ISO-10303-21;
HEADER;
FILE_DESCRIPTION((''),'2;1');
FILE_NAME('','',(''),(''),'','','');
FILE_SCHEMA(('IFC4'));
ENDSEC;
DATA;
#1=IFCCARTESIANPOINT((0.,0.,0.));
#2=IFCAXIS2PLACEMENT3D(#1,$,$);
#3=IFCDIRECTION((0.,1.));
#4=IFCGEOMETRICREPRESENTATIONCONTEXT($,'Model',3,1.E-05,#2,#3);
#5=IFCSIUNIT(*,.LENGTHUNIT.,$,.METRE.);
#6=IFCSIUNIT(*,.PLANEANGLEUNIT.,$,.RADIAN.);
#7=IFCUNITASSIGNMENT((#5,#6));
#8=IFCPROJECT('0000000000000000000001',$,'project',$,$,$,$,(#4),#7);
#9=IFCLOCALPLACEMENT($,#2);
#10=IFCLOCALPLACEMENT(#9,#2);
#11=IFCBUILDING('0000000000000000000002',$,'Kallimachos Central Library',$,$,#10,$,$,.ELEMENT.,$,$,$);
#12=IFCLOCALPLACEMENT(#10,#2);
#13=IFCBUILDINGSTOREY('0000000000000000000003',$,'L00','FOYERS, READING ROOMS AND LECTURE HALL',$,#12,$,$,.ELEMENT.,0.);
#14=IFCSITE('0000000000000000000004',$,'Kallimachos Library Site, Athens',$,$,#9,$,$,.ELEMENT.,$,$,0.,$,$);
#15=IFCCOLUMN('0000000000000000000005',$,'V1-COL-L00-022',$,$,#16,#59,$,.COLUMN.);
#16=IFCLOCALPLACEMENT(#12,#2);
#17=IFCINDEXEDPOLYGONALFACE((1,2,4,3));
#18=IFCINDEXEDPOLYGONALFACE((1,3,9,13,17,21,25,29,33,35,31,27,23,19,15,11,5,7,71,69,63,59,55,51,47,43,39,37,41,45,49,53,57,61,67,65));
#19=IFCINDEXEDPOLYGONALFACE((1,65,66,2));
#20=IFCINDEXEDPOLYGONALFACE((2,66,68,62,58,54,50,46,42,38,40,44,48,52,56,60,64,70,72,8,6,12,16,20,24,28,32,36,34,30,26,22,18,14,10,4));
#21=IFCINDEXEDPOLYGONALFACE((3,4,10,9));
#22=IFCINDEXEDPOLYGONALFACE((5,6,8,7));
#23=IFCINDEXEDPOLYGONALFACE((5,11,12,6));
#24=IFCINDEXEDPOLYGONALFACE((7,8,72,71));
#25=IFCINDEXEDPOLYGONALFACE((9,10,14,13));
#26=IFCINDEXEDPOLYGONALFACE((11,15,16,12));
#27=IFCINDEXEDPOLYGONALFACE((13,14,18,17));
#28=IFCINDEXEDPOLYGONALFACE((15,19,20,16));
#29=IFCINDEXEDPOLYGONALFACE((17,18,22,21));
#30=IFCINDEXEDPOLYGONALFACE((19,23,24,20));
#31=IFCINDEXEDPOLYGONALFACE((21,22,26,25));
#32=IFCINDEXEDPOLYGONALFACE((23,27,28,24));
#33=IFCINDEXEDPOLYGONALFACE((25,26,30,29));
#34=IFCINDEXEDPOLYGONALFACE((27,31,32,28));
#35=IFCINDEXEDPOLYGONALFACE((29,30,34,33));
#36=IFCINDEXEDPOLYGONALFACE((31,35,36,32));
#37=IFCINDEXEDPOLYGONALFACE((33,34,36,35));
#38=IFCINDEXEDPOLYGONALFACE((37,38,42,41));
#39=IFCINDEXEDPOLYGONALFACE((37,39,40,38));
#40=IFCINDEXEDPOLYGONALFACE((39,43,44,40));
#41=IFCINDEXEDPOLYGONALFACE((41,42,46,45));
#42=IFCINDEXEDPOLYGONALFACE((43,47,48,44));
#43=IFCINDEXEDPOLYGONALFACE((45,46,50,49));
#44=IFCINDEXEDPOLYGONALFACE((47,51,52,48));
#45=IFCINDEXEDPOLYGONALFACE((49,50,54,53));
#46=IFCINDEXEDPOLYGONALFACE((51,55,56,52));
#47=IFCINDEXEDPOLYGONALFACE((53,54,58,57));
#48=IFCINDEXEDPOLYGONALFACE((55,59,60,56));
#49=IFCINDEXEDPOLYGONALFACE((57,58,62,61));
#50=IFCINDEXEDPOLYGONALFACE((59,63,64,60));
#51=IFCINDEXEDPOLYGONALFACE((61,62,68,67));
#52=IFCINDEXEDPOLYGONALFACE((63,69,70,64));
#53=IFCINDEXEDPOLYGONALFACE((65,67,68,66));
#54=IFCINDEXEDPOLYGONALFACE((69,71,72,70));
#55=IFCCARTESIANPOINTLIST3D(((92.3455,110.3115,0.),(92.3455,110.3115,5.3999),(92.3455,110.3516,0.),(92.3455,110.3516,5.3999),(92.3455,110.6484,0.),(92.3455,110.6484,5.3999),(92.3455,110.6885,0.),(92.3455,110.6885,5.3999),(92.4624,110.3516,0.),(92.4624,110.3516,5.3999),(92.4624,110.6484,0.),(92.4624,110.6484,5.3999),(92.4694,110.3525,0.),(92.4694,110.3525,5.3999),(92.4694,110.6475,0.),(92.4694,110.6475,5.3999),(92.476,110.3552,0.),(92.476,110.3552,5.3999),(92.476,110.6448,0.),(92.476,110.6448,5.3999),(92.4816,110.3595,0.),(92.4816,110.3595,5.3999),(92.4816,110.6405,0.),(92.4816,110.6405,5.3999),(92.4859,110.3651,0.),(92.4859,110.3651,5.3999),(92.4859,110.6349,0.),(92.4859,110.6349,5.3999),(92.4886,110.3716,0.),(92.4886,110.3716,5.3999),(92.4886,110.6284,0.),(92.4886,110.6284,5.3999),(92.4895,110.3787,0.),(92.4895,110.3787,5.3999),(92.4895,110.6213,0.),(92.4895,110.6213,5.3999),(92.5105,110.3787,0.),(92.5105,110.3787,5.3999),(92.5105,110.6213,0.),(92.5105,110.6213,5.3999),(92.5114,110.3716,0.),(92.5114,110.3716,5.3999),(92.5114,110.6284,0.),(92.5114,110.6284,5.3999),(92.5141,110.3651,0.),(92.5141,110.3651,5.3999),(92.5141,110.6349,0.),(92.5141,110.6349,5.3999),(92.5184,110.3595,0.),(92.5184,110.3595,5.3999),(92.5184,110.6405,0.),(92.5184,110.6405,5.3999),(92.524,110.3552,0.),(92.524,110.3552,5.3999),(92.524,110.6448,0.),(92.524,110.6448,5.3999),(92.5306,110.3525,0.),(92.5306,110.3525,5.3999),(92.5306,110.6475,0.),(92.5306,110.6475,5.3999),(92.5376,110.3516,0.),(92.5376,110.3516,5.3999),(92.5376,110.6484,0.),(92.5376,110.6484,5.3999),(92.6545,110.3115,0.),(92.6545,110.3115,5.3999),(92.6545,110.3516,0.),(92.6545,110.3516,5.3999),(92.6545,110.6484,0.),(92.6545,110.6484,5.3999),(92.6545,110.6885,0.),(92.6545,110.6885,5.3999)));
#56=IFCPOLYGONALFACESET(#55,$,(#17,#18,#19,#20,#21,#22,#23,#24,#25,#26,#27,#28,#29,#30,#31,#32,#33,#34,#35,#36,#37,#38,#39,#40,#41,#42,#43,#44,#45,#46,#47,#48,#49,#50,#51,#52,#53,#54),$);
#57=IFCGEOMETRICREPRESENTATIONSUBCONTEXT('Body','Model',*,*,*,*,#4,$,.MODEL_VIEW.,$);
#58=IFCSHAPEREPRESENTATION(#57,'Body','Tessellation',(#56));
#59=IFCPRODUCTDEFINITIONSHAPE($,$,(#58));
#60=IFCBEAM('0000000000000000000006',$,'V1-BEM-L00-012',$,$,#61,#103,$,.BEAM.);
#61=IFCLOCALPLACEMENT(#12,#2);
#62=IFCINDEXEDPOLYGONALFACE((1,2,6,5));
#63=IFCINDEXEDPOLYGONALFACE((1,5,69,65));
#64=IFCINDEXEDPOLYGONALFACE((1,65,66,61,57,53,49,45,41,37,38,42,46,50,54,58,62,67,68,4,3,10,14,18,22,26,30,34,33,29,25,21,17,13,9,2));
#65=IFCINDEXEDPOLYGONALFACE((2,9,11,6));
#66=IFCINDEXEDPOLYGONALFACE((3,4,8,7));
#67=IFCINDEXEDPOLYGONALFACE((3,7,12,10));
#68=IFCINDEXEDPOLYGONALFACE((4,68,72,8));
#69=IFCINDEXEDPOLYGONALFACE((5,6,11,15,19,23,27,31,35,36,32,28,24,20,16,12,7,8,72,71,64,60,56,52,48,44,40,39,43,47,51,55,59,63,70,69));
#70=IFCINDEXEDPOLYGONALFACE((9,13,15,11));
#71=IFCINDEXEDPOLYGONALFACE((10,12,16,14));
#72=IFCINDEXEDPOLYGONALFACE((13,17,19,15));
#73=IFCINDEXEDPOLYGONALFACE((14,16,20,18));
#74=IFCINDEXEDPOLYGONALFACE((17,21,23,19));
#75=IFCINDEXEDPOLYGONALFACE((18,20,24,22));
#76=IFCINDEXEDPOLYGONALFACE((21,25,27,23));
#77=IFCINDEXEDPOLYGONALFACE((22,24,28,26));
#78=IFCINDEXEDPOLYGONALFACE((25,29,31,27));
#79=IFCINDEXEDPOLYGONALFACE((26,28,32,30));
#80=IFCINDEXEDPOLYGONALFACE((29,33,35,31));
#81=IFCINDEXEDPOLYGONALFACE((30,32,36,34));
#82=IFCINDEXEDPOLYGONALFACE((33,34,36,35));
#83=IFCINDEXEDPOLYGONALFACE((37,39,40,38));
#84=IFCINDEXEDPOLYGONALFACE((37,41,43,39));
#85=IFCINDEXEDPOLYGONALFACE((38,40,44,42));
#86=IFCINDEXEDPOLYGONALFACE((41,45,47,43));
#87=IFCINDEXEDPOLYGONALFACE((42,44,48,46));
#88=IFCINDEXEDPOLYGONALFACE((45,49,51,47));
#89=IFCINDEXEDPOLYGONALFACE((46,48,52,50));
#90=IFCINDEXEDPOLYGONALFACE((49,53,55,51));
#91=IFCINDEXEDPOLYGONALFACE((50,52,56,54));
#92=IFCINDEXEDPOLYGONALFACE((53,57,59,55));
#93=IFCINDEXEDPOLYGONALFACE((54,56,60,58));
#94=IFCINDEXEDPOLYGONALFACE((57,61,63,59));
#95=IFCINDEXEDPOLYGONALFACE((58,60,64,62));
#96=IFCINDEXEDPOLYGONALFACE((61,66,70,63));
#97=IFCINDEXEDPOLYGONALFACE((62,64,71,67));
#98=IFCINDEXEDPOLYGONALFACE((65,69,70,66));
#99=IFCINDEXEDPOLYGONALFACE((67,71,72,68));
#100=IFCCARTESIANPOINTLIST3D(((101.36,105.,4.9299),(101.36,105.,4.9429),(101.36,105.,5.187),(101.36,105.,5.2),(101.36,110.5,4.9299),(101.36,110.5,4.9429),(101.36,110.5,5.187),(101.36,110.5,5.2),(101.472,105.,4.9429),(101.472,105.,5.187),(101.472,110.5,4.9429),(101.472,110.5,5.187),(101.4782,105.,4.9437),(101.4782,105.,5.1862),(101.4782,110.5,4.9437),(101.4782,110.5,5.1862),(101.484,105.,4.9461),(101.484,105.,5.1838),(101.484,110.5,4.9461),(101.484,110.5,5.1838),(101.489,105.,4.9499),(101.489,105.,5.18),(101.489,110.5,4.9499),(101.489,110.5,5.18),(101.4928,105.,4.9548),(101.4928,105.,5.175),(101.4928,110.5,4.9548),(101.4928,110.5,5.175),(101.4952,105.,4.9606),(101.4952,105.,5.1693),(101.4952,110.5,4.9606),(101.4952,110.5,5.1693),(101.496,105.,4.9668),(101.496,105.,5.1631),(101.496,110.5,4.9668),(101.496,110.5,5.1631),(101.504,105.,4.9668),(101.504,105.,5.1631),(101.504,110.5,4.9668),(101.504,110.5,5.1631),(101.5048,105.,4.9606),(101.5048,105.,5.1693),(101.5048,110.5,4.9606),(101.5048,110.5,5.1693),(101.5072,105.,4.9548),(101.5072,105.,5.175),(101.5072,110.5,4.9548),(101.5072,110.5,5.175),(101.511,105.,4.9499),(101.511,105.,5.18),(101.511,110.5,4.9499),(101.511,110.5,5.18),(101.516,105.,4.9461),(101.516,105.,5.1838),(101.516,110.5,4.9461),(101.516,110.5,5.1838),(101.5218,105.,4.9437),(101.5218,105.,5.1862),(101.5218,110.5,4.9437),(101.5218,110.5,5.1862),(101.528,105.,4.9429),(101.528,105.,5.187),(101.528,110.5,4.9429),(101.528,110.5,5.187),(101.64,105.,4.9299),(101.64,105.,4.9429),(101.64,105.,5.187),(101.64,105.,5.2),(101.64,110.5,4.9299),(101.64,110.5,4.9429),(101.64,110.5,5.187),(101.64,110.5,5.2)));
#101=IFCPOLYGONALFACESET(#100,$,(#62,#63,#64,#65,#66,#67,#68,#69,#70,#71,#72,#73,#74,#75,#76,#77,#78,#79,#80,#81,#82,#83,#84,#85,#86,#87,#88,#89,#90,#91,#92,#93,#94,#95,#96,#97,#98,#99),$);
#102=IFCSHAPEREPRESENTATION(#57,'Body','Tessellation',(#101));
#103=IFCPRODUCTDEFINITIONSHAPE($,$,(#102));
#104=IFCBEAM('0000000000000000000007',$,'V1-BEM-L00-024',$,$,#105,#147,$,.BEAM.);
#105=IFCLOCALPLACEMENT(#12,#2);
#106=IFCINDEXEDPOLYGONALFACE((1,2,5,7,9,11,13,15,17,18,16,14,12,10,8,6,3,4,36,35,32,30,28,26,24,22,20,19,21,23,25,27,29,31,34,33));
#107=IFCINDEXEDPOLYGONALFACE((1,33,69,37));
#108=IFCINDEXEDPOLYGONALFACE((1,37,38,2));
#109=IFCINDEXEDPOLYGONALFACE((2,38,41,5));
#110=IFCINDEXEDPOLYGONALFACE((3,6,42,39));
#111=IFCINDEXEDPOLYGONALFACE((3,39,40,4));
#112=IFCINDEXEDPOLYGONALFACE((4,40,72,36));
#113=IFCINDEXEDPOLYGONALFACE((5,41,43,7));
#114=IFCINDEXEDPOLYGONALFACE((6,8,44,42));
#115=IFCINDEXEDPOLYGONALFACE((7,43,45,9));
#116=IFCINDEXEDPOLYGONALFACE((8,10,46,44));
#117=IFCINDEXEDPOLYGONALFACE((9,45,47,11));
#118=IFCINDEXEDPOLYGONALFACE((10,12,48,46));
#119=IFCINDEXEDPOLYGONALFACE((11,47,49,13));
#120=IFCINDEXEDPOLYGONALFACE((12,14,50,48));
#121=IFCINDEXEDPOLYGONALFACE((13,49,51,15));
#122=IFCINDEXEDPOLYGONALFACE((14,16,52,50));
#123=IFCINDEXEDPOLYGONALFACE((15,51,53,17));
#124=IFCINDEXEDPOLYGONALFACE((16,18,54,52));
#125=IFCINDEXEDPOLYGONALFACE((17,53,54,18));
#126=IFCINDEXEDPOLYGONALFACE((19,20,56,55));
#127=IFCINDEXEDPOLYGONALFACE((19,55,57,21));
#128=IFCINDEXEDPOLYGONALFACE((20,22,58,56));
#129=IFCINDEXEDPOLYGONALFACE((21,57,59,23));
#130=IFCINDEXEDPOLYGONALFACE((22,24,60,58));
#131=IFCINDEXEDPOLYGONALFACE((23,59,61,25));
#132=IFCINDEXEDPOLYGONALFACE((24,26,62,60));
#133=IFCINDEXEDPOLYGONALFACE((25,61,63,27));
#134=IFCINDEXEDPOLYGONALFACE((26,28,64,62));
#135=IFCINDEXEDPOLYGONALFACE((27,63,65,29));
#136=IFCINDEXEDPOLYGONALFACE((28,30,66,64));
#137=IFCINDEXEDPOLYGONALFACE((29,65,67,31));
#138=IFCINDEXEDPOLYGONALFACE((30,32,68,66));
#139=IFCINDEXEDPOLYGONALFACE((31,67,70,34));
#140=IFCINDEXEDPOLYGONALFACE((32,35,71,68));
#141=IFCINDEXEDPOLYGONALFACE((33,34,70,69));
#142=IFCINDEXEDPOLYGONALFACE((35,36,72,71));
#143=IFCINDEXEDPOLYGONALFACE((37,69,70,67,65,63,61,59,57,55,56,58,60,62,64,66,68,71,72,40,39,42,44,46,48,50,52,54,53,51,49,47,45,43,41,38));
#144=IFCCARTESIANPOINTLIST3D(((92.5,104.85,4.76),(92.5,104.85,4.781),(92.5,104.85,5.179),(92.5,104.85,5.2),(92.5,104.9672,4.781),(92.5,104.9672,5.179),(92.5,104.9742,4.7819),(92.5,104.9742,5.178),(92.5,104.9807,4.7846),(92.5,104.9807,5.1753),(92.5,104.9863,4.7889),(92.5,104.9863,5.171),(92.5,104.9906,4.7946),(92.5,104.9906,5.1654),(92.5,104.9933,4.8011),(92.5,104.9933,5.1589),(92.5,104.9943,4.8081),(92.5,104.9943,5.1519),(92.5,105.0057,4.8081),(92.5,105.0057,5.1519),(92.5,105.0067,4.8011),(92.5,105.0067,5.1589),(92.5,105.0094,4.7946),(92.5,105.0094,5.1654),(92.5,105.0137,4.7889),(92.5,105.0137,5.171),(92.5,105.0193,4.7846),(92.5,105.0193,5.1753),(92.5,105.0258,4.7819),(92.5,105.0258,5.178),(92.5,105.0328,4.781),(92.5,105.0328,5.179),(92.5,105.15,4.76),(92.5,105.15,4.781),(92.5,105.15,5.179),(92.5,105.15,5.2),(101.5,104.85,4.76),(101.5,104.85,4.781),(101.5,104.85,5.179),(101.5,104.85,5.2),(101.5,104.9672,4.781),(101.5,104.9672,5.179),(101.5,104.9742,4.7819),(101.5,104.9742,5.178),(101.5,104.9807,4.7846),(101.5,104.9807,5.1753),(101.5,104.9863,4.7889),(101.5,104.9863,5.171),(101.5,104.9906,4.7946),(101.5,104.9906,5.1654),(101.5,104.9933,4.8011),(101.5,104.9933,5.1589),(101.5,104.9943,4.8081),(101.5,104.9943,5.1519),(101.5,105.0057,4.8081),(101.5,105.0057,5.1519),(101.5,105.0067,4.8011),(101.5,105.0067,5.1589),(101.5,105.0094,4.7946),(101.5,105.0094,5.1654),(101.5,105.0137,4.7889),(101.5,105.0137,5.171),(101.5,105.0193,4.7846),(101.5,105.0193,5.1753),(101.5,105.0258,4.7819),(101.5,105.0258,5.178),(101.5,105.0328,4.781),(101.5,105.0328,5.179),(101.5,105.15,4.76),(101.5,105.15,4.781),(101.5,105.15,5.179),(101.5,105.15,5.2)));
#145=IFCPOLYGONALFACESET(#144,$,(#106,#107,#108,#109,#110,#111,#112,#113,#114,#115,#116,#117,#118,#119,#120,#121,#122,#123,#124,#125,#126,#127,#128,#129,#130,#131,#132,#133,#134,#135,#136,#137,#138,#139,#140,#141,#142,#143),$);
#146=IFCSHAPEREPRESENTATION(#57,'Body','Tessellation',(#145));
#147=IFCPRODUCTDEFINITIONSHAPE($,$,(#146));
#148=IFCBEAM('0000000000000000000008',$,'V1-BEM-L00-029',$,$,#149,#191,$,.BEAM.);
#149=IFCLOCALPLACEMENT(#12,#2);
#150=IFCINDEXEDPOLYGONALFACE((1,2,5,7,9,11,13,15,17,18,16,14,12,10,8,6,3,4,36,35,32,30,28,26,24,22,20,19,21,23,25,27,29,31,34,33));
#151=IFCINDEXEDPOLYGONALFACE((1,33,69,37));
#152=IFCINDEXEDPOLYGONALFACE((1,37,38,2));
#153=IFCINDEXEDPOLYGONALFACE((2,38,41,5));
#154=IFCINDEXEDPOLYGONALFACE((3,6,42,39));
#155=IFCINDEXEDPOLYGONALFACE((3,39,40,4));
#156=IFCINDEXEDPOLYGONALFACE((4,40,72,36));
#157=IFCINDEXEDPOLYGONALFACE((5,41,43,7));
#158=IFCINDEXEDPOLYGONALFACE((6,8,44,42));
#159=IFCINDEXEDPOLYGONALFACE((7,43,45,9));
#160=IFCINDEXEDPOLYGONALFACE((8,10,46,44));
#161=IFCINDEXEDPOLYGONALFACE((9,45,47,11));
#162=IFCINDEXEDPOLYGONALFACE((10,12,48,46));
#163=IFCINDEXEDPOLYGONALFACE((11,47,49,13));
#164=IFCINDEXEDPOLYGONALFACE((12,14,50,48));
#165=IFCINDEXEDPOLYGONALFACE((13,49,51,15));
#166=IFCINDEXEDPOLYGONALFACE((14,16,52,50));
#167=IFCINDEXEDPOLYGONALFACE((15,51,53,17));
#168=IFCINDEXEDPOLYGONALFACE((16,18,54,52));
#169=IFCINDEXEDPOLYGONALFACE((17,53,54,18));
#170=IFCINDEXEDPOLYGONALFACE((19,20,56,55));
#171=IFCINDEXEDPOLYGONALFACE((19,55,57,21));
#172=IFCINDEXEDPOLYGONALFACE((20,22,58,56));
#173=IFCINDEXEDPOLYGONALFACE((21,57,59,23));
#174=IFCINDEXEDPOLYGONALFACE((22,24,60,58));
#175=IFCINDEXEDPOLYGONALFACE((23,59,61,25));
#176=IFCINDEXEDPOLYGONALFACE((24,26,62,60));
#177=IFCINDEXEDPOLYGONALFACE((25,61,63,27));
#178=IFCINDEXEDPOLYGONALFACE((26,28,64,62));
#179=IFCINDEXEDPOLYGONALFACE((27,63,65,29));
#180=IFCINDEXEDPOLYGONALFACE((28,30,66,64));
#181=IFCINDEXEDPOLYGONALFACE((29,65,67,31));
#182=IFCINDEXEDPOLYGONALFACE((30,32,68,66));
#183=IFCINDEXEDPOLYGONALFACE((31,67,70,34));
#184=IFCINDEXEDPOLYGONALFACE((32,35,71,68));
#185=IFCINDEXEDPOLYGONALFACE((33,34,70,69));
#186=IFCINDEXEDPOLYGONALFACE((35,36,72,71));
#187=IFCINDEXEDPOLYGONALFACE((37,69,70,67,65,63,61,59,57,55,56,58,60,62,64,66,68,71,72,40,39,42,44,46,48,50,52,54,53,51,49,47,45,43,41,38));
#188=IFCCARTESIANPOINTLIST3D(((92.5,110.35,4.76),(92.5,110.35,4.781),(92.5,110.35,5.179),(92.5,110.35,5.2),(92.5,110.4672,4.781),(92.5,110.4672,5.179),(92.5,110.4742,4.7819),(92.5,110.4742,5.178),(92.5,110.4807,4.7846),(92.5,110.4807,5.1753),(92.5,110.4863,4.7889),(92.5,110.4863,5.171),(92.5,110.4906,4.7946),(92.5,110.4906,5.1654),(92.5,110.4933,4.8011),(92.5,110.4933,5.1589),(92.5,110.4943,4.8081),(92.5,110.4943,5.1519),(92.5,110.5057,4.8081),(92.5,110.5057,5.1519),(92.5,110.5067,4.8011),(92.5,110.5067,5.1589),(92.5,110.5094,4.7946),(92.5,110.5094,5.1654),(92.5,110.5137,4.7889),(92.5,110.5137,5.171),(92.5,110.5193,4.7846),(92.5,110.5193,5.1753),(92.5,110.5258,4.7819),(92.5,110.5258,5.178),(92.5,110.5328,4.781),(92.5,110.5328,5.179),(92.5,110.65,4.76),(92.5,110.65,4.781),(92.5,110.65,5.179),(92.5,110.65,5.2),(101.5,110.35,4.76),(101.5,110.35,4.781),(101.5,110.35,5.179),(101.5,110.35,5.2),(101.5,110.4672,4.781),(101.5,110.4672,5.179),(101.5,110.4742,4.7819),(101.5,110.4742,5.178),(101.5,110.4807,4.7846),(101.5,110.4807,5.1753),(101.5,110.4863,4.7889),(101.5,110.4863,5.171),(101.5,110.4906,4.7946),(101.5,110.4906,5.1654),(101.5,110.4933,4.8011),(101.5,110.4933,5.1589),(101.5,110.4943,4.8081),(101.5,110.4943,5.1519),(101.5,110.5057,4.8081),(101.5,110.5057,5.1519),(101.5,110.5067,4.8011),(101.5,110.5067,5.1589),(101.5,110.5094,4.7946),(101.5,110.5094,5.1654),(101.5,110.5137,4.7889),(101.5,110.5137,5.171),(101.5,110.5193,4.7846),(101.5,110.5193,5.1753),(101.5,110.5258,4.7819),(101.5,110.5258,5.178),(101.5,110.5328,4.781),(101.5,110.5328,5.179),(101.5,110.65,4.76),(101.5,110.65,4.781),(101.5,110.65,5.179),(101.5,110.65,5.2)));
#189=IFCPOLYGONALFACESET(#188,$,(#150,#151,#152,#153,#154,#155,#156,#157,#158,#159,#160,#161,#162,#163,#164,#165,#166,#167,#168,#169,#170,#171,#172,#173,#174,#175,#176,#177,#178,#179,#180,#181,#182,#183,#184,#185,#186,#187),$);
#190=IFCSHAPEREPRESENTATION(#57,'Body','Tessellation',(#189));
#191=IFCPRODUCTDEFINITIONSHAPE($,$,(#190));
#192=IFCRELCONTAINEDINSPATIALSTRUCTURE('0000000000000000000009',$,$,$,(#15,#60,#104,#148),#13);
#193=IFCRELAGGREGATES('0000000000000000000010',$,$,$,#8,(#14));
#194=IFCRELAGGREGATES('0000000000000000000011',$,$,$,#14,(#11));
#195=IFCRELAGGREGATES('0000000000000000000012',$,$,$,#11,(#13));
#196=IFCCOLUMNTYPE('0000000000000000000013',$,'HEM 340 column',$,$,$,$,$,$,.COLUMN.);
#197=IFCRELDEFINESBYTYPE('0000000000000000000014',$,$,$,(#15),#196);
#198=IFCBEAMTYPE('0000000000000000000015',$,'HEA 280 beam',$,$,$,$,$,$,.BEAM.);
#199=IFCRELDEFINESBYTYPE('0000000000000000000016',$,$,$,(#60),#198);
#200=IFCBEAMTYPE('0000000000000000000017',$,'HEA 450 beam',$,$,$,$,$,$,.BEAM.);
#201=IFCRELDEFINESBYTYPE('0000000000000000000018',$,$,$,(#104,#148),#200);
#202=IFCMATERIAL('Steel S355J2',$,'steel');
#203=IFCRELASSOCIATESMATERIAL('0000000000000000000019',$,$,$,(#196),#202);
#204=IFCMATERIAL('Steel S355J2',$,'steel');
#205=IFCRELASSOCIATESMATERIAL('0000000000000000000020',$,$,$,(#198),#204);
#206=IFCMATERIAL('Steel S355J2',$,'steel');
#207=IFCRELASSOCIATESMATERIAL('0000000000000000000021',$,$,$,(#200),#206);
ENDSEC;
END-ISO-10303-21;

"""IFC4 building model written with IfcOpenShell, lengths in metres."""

from ifc_helpers import new_model, si_unit, direction, frame, origin, origin_2d, place, context, subcontext, project, spatial, i_section, extrude, material, material_profile, profile_set, type_object, element, save


model = new_model("IFC4")

# Units and contexts
model_context = context("Model", 3, precision=1e-05, world=origin(), true_north=direction((0.0, 1.0)))
body_context = subcontext(model_context, "Body", "Model", "MODEL_VIEW")
ifc_project = project(units=[si_unit("LENGTHUNIT", "METRE"), si_unit("PLANEANGLEUNIT", "RADIAN")], contexts=[model_context])

# Site, building, storey
site_placement = place(None, origin())
site = spatial("IfcSite", under=ifc_project, at=site_placement, Name="Kallimachos Library Site, Athens", CompositionType="ELEMENT", RefElevation=0.0)
building_placement = place(site_placement, origin())
building = spatial("IfcBuilding", under=site, at=building_placement, Name="Kallimachos Central Library", CompositionType="ELEMENT")
storey_placement = place(building_placement, origin())
storey = spatial("IfcBuildingStorey", under=building, at=storey_placement, Name="L00", Description="FOYERS, READING ROOMS AND LECTURE HALL", CompositionType="ELEMENT", Elevation=0.0)

# Column
ifc_material_1 = material(Name="Steel S355J2", Category="steel")
ifc_material_profile_1 = material_profile(ifc_material_1, i_section(OverallWidth=0.3091, OverallDepth=0.377, WebThickness=0.021, FlangeThickness=0.04, FilletRadius=0.0271, at=origin_2d()), Name="HEM 340")
ifc_profile_set_1 = profile_set([ifc_material_profile_1], Name="Steel S355J2")
column_type = type_object("IfcColumnType", Name="HEM 340 column", PredefinedType="COLUMN", material=ifc_profile_set_1)
for number, where, z_axis, x_axis, name in (
    (1, (92.5, 110.5, 0.0), (0.0, 0.0, 1.0), (1.0, 0.0, 0.0), "V1-COL-L00-022"),
):
    element("IfcColumn", number, at=place(storey_placement, frame(where, z_axis=z_axis, x_axis=x_axis)), inside=storey, type_object=column_type, Name=name, PredefinedType="COLUMN", context=body_context, shape_type="SweptSolid", body=[
        extrude(i_section(OverallWidth=0.3091, OverallDepth=0.377, WebThickness=0.021, FlangeThickness=0.04, FilletRadius=0.0271, at=origin_2d()), origin(), (0.0, 0.0, 1.0), 5.3999),
    ])

# Beams
ifc_material_2 = material(Name="Steel S355J2", Category="steel")
ifc_material_profile_2 = material_profile(ifc_material_2, i_section(OverallWidth=0.28, OverallDepth=0.27, WebThickness=0.0081, FlangeThickness=0.0129, FilletRadius=0.0239, at=origin_2d()), Name="HEA 280")
ifc_profile_set_2 = profile_set([ifc_material_profile_2], Name="Steel S355J2")
beam_type_1 = type_object("IfcBeamType", Name="HEA 280 beam", PredefinedType="BEAM", material=ifc_profile_set_2)
beam_1_placement = place(storey_placement, frame((101.5, 105.0, 5.0649), z_axis=(0.0, 1.0, 0.0), x_axis=(-1.0, 0.0, 0.0)))
element("IfcBeam", 2, at=beam_1_placement, inside=storey, type_object=beam_type_1, Name="V1-BEM-L00-012", PredefinedType="BEAM", context=body_context, shape_type="SweptSolid", body=[
    extrude(i_section(OverallWidth=0.28, OverallDepth=0.27, WebThickness=0.0081, FlangeThickness=0.0129, FilletRadius=0.0239, at=origin_2d()), origin(), (0.0, 0.0, 1.0), 5.5),
])
ifc_material_3 = material(Name="Steel S355J2", Category="steel")
ifc_material_profile_3 = material_profile(ifc_material_3, i_section(OverallWidth=0.3, OverallDepth=0.4399, WebThickness=0.0115, FlangeThickness=0.021, FilletRadius=0.0271, at=origin_2d()), Name="HEA 450")
ifc_profile_set_3 = profile_set([ifc_material_profile_3], Name="Steel S355J2")
beam_type_2 = type_object("IfcBeamType", Name="HEA 450 beam", PredefinedType="BEAM", material=ifc_profile_set_3)
for number, where, z_axis, x_axis, name in (
    (3, (92.5, 105.0, 4.98), (1.0, 0.0, 0.0), (0.0, 1.0, 0.0), "V1-BEM-L00-024"),
    (4, (92.5, 110.5, 4.98), (1.0, 0.0, 0.0), (0.0, 1.0, 0.0), "V1-BEM-L00-029"),
):
    element("IfcBeam", number, at=place(storey_placement, frame(where, z_axis=z_axis, x_axis=x_axis)), inside=storey, type_object=beam_type_2, Name=name, PredefinedType="BEAM", context=body_context, shape_type="SweptSolid", body=[
        extrude(i_section(OverallWidth=0.3, OverallDepth=0.4399, WebThickness=0.0115, FlangeThickness=0.021, FilletRadius=0.0271, at=origin_2d()), origin(), (0.0, 0.0, 1.0), 9.0),
    ])

save(model, "model.ifc")
